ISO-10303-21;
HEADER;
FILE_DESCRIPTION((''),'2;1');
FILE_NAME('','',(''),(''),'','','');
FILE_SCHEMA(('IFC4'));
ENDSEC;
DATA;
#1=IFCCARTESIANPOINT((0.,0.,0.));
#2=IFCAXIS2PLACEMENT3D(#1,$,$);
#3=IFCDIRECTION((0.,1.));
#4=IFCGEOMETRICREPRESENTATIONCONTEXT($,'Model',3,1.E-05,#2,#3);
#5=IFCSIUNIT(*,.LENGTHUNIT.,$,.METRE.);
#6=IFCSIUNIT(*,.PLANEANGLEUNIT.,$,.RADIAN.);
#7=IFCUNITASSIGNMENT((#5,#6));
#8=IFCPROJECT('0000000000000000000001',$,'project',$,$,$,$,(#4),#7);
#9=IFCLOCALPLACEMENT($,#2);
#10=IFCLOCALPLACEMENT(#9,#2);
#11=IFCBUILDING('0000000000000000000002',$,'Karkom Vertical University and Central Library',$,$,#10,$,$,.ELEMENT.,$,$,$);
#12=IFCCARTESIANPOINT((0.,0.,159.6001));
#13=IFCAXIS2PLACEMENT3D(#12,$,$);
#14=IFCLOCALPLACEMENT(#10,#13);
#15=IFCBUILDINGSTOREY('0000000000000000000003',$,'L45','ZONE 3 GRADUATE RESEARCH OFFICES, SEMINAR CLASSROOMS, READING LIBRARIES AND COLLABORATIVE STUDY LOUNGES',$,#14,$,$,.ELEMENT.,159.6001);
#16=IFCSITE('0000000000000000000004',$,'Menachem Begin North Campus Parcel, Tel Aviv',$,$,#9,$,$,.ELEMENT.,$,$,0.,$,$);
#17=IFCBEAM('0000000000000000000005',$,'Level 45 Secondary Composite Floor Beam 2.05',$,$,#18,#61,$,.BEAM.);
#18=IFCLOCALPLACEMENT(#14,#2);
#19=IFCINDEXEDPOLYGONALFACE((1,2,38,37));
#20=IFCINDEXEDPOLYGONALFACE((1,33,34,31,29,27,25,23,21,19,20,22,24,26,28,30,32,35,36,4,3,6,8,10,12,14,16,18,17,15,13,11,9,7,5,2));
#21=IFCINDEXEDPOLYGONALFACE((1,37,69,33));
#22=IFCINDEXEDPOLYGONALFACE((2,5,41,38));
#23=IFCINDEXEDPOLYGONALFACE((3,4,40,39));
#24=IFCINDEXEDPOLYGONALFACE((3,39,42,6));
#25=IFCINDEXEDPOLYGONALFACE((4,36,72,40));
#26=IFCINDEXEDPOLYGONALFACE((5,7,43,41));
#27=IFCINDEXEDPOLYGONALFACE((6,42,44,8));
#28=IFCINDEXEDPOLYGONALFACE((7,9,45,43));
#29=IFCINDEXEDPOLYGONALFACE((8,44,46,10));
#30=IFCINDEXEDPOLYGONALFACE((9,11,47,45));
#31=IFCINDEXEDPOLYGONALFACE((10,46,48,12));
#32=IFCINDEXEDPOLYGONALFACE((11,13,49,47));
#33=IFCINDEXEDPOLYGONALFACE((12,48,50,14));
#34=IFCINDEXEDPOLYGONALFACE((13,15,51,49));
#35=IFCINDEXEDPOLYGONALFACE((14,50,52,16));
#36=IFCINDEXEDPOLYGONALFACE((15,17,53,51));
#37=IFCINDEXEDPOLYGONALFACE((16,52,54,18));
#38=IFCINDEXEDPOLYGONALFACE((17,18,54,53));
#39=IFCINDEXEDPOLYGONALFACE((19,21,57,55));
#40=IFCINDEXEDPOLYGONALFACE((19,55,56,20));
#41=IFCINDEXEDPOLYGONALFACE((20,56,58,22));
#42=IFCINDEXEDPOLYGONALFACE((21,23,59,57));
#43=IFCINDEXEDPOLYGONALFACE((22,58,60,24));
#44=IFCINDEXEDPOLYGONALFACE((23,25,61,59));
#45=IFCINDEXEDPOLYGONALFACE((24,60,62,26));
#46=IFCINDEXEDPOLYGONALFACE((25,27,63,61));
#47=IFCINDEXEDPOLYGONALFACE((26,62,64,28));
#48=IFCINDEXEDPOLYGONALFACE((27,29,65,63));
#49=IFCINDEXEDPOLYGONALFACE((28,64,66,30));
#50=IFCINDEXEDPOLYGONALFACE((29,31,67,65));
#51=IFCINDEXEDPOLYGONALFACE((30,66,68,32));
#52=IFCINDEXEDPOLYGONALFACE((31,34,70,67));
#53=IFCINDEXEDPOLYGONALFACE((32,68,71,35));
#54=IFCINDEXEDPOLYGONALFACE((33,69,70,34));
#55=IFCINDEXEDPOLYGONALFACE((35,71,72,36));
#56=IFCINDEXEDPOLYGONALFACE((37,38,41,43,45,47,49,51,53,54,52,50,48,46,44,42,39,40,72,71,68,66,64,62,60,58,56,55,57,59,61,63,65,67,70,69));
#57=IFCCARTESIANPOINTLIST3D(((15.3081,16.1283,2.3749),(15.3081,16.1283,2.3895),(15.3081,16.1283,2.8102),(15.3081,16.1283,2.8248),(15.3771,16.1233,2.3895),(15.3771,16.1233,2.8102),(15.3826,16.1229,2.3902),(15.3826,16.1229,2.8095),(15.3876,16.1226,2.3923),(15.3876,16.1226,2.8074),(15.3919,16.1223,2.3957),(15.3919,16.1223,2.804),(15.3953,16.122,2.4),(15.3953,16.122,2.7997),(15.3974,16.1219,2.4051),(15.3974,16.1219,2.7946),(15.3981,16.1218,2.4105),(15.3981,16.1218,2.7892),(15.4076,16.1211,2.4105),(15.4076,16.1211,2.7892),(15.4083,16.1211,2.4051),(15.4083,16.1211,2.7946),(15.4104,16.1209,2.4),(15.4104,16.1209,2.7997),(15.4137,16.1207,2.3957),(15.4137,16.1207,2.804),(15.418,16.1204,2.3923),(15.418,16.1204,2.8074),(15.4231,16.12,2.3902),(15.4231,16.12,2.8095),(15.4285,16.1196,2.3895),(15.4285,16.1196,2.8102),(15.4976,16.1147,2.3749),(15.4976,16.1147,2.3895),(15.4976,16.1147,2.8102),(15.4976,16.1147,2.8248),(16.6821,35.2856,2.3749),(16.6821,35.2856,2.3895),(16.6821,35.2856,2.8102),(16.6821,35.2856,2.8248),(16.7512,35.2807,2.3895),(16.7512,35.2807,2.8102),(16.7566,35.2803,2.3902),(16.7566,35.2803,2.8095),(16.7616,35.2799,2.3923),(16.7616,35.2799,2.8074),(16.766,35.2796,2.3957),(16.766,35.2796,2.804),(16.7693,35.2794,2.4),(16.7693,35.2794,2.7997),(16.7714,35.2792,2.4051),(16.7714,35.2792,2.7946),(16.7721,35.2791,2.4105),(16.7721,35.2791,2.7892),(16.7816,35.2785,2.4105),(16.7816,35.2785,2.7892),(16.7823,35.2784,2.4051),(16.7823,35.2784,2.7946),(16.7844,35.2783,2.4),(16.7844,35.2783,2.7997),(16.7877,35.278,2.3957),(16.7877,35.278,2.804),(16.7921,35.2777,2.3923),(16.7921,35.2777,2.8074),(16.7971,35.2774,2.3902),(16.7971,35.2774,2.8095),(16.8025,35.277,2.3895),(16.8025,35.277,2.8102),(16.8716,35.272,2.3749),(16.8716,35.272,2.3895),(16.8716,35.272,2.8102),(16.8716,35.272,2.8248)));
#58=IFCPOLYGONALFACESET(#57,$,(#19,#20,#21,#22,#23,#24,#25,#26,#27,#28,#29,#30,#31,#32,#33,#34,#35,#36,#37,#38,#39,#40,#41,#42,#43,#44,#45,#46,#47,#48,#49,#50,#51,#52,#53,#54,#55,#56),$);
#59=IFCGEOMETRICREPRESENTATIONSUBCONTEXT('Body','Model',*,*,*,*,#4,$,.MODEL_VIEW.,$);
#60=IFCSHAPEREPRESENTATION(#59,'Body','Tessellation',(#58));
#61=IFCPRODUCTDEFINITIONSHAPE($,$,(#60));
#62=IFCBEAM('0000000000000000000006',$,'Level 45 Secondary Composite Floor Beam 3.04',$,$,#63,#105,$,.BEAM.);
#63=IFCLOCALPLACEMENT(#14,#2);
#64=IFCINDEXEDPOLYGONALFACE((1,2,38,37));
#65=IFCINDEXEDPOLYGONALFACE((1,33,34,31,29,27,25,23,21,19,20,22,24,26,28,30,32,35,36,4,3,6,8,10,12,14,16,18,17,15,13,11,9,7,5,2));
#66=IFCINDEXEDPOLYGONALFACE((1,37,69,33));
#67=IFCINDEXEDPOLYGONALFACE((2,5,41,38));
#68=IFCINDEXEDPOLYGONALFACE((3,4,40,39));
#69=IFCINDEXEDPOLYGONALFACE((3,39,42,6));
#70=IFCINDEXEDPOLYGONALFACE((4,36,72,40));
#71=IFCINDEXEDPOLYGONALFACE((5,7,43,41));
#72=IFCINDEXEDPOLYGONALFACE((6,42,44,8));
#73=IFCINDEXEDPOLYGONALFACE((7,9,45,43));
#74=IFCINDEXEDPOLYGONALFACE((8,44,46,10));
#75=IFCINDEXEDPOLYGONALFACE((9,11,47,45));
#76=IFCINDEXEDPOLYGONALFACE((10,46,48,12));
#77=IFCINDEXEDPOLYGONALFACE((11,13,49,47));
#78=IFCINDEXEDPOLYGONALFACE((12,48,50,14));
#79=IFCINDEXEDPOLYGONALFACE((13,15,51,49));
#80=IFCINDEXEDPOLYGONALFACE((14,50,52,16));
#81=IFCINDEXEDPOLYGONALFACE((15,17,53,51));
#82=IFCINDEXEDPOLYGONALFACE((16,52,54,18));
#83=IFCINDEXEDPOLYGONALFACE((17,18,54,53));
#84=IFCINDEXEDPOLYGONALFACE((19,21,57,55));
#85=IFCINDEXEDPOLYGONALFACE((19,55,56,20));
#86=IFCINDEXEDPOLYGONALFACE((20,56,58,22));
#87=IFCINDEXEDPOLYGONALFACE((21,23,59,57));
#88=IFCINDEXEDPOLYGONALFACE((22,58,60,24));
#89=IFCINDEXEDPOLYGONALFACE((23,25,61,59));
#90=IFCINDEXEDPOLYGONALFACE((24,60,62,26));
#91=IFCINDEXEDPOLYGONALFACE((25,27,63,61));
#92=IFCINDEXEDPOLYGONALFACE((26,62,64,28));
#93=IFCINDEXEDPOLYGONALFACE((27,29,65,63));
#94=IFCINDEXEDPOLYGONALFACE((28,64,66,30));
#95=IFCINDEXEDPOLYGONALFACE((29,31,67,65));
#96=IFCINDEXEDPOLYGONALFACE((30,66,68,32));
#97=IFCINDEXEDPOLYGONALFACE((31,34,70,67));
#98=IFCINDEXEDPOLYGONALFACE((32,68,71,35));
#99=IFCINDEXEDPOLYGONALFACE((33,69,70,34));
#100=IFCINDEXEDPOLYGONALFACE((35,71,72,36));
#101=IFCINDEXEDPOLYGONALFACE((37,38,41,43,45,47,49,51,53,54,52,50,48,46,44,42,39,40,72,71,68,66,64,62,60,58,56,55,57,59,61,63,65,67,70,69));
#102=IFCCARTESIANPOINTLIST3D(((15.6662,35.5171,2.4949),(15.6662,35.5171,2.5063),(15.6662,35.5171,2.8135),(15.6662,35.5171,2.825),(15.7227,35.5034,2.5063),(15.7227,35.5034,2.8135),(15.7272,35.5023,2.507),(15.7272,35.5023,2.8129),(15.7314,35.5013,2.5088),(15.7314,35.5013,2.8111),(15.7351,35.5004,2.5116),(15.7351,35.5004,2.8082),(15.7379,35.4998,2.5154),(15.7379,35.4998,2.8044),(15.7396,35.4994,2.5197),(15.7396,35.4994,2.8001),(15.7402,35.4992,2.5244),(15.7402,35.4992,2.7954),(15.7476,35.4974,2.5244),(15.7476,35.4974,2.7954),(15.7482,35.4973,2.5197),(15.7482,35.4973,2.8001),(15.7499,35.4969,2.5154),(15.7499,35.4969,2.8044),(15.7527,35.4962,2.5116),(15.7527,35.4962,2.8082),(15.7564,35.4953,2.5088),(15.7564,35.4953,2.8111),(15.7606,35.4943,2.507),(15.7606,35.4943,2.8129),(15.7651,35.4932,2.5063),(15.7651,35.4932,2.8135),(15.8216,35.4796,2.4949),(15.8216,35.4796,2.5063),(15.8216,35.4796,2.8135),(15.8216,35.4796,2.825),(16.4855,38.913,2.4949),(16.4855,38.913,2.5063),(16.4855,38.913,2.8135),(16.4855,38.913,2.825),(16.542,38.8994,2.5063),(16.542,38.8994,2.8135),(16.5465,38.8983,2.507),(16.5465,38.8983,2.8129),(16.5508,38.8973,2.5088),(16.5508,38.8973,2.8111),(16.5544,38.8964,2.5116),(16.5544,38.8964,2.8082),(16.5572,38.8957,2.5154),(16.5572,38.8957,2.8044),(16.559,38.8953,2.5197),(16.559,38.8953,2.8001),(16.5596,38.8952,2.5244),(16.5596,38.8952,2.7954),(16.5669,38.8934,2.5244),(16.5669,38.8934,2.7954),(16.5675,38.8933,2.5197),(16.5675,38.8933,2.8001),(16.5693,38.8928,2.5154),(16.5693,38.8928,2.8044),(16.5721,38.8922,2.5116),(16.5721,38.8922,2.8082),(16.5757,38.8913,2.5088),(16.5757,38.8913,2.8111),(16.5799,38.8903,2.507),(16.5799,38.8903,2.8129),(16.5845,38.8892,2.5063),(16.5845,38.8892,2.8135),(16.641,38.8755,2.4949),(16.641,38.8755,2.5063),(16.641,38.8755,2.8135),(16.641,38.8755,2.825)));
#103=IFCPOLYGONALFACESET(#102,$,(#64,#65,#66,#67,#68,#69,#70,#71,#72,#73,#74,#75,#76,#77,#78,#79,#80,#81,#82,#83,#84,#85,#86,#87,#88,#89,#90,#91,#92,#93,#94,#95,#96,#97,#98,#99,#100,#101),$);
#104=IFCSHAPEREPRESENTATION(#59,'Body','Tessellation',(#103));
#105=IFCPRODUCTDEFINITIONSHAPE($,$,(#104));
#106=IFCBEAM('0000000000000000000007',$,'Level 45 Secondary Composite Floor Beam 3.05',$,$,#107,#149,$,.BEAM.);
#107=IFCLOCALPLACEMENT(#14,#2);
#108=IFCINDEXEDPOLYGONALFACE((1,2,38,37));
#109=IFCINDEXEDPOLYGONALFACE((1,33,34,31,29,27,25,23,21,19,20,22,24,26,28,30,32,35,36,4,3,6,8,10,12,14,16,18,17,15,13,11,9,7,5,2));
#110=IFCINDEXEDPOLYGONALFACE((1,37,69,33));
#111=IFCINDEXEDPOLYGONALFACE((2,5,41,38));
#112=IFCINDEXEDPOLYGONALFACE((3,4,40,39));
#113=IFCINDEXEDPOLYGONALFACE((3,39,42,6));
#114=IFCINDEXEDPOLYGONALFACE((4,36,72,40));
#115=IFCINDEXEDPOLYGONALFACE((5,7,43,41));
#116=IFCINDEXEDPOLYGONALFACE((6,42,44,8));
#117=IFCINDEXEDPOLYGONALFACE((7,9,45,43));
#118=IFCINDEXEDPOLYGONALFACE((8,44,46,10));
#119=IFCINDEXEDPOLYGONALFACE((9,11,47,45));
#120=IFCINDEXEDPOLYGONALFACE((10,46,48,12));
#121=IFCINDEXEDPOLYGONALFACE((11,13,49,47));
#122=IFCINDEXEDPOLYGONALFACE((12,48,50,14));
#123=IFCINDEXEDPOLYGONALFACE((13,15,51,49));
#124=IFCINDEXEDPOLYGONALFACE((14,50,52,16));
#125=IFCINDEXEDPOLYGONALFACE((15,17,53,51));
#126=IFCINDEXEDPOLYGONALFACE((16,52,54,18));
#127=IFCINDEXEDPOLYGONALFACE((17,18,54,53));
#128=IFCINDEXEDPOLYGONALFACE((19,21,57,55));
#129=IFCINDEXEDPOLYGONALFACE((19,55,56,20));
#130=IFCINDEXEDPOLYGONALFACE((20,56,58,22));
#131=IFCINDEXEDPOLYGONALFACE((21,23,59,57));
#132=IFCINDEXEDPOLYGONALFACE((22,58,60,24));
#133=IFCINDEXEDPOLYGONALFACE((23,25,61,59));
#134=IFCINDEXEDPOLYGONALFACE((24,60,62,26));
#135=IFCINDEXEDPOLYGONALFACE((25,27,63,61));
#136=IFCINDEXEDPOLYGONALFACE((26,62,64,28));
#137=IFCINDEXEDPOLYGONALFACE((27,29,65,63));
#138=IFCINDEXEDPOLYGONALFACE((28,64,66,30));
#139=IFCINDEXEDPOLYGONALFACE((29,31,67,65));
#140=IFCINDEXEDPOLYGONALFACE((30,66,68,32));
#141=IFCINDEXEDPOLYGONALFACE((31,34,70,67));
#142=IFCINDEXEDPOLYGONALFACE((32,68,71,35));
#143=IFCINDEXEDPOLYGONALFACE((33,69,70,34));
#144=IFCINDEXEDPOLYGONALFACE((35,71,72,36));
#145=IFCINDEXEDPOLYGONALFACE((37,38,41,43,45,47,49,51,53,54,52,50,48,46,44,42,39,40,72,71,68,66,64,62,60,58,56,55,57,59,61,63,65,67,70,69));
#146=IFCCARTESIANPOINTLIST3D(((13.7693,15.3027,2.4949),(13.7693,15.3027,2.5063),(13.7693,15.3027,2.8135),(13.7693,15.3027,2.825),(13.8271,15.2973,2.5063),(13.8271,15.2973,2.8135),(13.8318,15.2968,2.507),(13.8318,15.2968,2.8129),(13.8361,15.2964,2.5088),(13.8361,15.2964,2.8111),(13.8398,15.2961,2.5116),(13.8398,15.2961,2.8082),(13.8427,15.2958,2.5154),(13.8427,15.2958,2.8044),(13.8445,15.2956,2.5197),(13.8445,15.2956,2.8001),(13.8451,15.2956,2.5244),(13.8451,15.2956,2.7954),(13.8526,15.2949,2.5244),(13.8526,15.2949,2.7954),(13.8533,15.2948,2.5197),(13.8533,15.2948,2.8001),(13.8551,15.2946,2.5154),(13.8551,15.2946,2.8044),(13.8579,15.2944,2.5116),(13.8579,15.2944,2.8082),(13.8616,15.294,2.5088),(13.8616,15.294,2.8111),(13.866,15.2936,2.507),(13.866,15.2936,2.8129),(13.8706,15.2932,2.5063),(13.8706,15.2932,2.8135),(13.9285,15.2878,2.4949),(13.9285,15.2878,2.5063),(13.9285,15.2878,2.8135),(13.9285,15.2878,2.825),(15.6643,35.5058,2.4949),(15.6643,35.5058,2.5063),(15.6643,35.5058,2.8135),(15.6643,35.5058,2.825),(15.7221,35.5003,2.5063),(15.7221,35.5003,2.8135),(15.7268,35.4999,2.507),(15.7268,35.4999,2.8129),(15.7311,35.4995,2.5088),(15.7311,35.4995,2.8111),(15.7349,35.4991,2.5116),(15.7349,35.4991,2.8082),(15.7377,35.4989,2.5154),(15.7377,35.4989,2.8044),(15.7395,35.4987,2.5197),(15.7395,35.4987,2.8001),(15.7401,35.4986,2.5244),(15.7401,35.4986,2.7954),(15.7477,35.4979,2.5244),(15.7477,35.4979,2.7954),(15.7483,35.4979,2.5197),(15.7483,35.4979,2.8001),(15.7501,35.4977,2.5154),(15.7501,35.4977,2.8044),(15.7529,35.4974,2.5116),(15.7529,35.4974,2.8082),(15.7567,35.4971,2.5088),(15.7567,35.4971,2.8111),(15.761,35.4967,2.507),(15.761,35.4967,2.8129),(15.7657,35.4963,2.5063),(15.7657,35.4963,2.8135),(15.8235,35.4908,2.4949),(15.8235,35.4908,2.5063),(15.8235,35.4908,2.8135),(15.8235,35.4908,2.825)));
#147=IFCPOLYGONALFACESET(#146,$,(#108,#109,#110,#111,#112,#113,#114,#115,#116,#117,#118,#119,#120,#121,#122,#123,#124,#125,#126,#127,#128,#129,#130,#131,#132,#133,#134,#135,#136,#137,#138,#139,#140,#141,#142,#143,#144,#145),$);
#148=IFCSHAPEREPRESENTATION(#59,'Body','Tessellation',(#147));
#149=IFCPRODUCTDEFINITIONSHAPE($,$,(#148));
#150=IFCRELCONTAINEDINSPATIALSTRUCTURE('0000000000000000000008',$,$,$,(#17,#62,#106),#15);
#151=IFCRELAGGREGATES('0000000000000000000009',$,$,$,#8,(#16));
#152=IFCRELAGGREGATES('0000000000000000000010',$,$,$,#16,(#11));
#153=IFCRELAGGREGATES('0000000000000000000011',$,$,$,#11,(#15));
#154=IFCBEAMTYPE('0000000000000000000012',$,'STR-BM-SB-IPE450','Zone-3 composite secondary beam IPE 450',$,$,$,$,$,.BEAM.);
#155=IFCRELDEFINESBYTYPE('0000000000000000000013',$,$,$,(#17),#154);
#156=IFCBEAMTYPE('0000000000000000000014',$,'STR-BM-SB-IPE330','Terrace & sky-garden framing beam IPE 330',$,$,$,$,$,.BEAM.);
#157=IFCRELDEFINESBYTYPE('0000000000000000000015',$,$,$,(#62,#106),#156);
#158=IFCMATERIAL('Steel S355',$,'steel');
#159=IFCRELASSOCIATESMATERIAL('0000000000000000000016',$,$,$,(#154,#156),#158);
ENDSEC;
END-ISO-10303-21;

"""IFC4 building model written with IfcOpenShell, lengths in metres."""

from ifc_helpers import new_model, si_unit, direction, frame, origin, origin_with_axes, origin_2d, place, context, subcontext, project, spatial, i_section, extrude, source, transform, mapped, material, material_profile, profile_set, type_object, element, save


model = new_model("IFC4")

# Units and contexts
model_context = context("Model", 3, precision=1e-05, world=origin(), true_north=direction((0.0, 1.0)))
body_context = subcontext(model_context, "Body", "Model", "MODEL_VIEW")
ifc_project = project(units=[si_unit("LENGTHUNIT", "METRE"), si_unit("PLANEANGLEUNIT", "RADIAN")], contexts=[model_context])

# Site, building, storey
site_placement = place(None, origin())
site = spatial("IfcSite", under=ifc_project, at=site_placement, Name="Menachem Begin North Campus Parcel, Tel Aviv", CompositionType="ELEMENT", RefElevation=0.0)
building_placement = place(site_placement, origin())
building = spatial("IfcBuilding", under=site, at=building_placement, Name="Karkom Vertical University and Central Library", CompositionType="ELEMENT")
storey_placement = place(building_placement, frame((0.0, 0.0, 159.6001)))
storey = spatial("IfcBuildingStorey", under=building, at=storey_placement, Name="L45", Description="ZONE 3 GRADUATE RESEARCH OFFICES, SEMINAR CLASSROOMS, READING LIBRARIES AND COLLABORATIVE STUDY LOUNGES", CompositionType="ELEMENT", Elevation=159.6001)

# Beams
ifc_material_1 = material(Name="Steel S355", Category="steel")
ifc_material_profile_1 = material_profile(ifc_material_1, i_section(OverallWidth=0.1899, OverallDepth=0.45, WebThickness=0.0095, FlangeThickness=0.0146, FilletRadius=0.021, at=origin_2d()), Name="IPE 450")
ifc_profile_set_1 = profile_set([ifc_material_profile_1], Name="Steel S355")
beam_type_1 = type_object("IfcBeamType", Name="STR-BM-SB-IPE450", Description="Zone-3 composite secondary beam IPE 450", PredefinedType="BEAM", material=ifc_profile_set_1)
shared_shape_1 = source(origin_with_axes(), body_context, "Body", "SweptSolid", [
    extrude(i_section(OverallWidth=0.1899, OverallDepth=0.45, WebThickness=0.0095, FlangeThickness=0.0146, FilletRadius=0.021, at=origin_2d()), origin(), (0.0, 0.0, 1.0), 19.2065),
])
beam_1_placement = place(storey_placement, frame((16.7769, 35.2788, 2.5999), z_axis=(-0.07154, -0.997438, 0.0), x_axis=(0.997438, -0.07154, 0.0)))
element("IfcBeam", 1, at=beam_1_placement, inside=storey, type_object=beam_type_1, Name="Level 45 Secondary Composite Floor Beam 2.05", PredefinedType="BEAM", context=body_context, shape_type="MappedRepresentation", body=[
    mapped(shared_shape_1, transform((0.0, 0.0, 0.0), scale=1.0)),
])
ifc_material_profile_2 = material_profile(ifc_material_1, i_section(OverallWidth=0.1599, OverallDepth=0.3301, WebThickness=0.0076, FlangeThickness=0.0115, FilletRadius=0.0181, at=origin_2d()), Name="IPE 330")
ifc_profile_set_2 = profile_set([ifc_material_profile_2], Name="Steel S355")
beam_type_2 = type_object("IfcBeamType", Name="STR-BM-SB-IPE330", Description="Terrace & sky-garden framing beam IPE 330", PredefinedType="BEAM", material=ifc_profile_set_2)
shared_shape_2 = source(origin_with_axes(), body_context, "Body", "SweptSolid", [
    extrude(i_section(OverallWidth=0.1599, OverallDepth=0.3301, WebThickness=0.0076, FlangeThickness=0.0115, FilletRadius=0.0181, at=origin_2d()), origin(), (0.0, 0.0, 1.0), 3.4934),
])
beam_2_placement = place(storey_placement, frame((16.5632, 38.8943, 2.6599), z_axis=(-0.234536, -0.972107, 0.0), x_axis=(0.972107, -0.234536, 0.0)))
element("IfcBeam", 2, at=beam_2_placement, inside=storey, type_object=beam_type_2, Name="Level 45 Secondary Composite Floor Beam 3.04", PredefinedType="BEAM", context=body_context, shape_type="MappedRepresentation", body=[
    mapped(shared_shape_2, transform((0.0, 0.0, 0.0), scale=1.0)),
])
shared_shape_3 = source(origin_with_axes(), body_context, "Body", "SweptSolid", [
    extrude(i_section(OverallWidth=0.1599, OverallDepth=0.3301, WebThickness=0.0076, FlangeThickness=0.0115, FilletRadius=0.0181, at=origin_2d()), origin(), (0.0, 0.0, 1.0), 20.2917),
])
beam_3_placement = place(storey_placement, frame((15.7439, 35.4983, 2.6599), z_axis=(-0.093388, -0.99563, 0.0), x_axis=(0.99563, -0.093388, 0.0)))
element("IfcBeam", 3, at=beam_3_placement, inside=storey, type_object=beam_type_2, Name="Level 45 Secondary Composite Floor Beam 3.05", PredefinedType="BEAM", context=body_context, shape_type="MappedRepresentation", body=[
    mapped(shared_shape_3, transform((0.0, 0.0, 0.0), scale=1.0)),
])

save(model, "model.ifc")
